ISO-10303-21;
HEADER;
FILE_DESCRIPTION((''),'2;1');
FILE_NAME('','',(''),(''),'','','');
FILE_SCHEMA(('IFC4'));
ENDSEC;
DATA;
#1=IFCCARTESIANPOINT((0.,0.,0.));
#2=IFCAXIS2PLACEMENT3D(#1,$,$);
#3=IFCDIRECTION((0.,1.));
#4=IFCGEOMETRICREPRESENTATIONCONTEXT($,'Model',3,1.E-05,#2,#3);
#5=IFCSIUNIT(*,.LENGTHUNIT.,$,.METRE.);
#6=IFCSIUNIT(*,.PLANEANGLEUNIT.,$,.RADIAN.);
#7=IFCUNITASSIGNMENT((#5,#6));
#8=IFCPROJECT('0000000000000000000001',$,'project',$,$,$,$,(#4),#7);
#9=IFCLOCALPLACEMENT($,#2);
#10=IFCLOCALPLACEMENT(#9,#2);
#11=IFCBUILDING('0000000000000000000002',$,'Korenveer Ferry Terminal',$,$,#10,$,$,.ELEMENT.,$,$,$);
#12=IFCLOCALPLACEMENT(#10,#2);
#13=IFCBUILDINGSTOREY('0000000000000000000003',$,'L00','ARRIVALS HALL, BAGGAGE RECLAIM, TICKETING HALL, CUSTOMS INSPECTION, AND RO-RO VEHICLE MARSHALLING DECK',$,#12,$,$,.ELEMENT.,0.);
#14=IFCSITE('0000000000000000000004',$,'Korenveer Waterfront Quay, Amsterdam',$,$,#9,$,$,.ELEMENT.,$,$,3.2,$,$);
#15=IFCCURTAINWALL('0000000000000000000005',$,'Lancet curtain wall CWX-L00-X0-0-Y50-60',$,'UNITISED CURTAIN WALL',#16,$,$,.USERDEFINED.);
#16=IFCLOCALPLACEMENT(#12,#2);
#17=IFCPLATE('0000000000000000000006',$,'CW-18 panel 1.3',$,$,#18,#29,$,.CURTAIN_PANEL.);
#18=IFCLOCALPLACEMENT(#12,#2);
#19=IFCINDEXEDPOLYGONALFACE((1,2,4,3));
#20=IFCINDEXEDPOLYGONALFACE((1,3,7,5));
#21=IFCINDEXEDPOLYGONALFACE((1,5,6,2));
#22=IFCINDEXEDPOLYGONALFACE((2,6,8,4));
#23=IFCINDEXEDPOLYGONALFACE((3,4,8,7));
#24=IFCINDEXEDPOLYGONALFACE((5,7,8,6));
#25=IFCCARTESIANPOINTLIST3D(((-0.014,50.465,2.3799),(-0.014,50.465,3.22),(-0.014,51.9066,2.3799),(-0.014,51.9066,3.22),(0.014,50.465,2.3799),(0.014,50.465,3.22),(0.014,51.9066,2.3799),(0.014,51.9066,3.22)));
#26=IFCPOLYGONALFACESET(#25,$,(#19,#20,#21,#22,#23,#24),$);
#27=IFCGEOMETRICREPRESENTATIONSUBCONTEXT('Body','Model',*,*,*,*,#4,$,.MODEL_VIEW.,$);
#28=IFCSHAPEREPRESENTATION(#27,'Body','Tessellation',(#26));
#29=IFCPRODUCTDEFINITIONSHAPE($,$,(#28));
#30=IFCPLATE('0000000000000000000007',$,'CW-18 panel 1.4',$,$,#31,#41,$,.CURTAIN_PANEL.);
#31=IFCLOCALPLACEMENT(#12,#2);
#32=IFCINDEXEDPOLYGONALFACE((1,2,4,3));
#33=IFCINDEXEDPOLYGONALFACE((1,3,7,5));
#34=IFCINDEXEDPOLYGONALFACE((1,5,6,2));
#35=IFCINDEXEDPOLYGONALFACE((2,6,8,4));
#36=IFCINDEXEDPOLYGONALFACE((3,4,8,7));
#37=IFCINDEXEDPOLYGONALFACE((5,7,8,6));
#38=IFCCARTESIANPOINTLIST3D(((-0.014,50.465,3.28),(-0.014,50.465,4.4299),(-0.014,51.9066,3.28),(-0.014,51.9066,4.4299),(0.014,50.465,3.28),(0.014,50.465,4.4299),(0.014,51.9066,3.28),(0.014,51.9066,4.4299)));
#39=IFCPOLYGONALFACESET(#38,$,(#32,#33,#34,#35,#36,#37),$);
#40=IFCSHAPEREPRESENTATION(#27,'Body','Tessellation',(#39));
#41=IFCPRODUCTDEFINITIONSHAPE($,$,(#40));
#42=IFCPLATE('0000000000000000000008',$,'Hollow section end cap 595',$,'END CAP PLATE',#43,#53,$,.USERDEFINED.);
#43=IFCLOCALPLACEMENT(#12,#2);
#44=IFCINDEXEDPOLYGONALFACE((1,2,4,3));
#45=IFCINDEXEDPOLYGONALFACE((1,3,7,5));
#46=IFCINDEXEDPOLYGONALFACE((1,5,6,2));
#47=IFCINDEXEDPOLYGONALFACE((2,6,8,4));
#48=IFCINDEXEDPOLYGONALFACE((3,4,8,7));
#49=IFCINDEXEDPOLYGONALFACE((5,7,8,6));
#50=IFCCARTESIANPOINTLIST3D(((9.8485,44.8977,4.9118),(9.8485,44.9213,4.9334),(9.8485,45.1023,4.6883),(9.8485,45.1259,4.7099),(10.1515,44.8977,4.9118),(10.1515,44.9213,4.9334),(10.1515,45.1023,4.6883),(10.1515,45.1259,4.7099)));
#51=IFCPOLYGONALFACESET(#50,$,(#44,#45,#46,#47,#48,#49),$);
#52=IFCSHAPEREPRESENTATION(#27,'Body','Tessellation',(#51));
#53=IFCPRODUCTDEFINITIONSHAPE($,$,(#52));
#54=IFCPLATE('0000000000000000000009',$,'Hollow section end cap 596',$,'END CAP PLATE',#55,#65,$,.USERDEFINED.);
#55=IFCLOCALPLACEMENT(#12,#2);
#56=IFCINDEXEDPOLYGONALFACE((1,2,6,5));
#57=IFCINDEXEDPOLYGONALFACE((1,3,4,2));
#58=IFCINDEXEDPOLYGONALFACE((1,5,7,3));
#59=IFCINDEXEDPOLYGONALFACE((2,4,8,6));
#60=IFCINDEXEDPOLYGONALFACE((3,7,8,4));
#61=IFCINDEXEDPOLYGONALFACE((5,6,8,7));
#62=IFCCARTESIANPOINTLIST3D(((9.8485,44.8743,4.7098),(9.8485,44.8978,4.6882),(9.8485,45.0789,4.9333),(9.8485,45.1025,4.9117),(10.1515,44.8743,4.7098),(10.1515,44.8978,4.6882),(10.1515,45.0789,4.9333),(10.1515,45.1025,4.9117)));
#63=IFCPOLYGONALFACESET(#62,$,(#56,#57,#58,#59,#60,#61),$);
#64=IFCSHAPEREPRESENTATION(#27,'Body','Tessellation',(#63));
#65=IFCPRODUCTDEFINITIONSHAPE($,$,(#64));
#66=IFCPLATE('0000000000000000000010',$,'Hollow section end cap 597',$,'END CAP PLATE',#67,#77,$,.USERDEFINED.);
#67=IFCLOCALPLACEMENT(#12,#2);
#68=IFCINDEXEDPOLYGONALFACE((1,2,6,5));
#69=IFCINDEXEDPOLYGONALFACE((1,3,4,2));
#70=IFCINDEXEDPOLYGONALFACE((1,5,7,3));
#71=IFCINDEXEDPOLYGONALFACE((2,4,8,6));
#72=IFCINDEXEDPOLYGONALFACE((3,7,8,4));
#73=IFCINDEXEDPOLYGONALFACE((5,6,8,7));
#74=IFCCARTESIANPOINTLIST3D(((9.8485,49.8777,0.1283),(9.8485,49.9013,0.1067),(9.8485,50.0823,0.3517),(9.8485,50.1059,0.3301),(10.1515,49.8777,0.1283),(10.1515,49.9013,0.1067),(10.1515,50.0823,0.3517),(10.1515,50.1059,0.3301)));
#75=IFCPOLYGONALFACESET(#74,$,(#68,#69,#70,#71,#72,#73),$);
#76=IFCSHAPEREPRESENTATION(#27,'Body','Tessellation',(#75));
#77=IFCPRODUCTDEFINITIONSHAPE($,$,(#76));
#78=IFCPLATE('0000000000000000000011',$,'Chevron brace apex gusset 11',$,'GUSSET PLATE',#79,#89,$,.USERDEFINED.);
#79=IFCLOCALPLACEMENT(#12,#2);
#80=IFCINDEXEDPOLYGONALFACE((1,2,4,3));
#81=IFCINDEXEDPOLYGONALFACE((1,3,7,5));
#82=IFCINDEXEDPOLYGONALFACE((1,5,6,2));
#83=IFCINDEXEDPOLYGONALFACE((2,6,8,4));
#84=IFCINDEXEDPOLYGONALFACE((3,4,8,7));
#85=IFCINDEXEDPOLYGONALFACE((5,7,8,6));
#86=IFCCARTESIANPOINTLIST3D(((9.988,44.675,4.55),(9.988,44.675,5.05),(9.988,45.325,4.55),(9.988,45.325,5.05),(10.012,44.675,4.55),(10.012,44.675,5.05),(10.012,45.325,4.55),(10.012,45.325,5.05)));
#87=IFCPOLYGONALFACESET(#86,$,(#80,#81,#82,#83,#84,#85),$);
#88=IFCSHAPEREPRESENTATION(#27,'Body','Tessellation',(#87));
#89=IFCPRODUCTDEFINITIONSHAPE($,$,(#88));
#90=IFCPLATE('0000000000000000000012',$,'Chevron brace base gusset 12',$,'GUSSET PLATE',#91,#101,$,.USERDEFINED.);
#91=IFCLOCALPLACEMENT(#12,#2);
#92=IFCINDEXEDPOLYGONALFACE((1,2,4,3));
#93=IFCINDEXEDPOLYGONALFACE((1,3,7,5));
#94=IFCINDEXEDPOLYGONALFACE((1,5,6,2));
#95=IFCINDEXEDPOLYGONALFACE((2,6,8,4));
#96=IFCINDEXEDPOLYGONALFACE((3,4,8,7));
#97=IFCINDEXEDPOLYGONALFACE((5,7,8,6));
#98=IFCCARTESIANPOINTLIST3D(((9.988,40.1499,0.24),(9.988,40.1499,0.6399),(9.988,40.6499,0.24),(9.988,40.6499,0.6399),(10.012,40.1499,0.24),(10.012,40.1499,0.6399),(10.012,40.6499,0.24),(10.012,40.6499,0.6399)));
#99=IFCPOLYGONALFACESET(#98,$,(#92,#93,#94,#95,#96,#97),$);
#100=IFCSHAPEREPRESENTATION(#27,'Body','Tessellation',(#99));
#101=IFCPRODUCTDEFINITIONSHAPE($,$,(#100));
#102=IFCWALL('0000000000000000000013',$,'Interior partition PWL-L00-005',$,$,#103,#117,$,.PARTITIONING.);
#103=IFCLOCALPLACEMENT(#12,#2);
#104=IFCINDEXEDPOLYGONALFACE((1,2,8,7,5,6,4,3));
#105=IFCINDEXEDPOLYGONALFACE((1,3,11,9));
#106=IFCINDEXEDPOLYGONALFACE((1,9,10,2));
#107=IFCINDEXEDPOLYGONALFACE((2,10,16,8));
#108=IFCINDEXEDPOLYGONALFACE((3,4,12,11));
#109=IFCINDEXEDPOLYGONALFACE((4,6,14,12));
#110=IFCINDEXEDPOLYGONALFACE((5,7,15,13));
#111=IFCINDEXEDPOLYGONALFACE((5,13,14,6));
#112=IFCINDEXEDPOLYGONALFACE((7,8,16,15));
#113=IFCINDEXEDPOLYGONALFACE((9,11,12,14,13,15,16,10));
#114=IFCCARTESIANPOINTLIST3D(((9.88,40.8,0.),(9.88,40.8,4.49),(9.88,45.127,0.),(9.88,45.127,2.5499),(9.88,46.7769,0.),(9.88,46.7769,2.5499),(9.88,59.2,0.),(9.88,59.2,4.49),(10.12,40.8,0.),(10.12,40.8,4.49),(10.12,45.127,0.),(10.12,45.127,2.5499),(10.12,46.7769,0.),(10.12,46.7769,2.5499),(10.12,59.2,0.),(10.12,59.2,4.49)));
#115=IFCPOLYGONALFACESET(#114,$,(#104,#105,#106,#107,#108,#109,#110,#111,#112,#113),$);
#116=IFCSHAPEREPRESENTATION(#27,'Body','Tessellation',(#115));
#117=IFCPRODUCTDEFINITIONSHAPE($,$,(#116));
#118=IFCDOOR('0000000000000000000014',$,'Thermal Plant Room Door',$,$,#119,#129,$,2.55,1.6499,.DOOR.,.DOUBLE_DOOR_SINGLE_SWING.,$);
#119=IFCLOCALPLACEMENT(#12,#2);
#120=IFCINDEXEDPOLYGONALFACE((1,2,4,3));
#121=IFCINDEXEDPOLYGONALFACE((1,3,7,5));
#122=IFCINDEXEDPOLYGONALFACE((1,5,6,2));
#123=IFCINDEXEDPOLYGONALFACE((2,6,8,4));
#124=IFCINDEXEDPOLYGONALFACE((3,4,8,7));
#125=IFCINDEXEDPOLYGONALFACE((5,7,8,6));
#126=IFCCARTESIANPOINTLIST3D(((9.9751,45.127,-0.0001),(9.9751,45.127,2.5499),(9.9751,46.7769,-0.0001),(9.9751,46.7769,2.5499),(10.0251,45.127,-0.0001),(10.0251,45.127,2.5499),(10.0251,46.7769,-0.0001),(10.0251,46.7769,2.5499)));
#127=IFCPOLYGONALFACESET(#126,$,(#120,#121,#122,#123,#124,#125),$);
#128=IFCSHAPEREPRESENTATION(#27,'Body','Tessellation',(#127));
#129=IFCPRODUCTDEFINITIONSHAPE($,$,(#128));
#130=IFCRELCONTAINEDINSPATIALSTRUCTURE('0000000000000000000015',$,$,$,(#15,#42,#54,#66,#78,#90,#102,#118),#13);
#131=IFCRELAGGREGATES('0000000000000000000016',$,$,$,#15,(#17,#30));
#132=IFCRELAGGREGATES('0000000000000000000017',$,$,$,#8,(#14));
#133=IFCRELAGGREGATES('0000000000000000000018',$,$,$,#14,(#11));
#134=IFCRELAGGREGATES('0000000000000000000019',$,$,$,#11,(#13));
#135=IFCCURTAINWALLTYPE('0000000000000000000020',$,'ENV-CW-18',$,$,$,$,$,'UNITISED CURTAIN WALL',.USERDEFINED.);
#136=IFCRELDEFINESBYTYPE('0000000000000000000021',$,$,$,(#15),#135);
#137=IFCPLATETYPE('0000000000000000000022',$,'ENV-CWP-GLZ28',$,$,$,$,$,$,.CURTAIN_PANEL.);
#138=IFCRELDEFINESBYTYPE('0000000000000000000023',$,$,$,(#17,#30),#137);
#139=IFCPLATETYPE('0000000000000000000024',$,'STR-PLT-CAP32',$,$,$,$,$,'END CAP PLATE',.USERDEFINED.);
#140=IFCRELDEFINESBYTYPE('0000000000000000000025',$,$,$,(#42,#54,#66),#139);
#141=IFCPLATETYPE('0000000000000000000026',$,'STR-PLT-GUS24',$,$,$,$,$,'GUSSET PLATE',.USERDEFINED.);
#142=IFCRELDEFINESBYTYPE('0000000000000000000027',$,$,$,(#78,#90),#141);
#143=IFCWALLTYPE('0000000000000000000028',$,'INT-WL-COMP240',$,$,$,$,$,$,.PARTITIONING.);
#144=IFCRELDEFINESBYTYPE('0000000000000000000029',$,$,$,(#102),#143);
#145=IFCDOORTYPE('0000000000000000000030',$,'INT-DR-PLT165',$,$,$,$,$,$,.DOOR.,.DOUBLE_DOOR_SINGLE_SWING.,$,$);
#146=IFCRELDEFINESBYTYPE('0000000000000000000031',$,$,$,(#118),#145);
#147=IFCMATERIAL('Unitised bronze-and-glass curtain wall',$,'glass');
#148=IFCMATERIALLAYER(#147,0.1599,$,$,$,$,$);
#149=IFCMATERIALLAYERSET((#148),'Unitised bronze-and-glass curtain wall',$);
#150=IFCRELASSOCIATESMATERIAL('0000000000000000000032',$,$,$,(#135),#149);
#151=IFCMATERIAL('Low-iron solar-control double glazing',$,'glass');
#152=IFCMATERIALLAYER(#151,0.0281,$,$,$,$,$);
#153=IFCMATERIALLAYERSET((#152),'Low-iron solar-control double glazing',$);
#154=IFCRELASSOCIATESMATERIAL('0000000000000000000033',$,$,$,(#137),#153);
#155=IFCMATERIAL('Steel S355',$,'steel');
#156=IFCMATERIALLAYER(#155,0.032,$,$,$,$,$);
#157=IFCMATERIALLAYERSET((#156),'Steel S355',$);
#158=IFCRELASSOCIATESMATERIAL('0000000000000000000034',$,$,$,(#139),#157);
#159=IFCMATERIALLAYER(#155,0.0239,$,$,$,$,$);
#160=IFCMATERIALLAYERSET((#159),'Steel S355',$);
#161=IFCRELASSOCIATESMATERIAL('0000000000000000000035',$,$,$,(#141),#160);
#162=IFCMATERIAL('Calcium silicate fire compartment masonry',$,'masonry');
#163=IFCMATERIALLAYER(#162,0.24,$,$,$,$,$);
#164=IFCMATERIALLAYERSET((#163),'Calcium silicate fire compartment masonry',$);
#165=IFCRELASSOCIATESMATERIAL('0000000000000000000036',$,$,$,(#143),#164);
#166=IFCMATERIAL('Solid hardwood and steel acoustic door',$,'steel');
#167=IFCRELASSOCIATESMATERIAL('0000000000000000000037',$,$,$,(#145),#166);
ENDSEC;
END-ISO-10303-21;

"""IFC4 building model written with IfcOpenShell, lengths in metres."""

from ifc_helpers import new_model, si_unit, direction, frame, frame_2d, origin, origin_2d, place, context, subcontext, project, spatial, rectangle, extrude, material, layer, layer_set, type_object, element, fill, aggregate, save


model = new_model("IFC4")

# Units and contexts
model_context = context("Model", 3, precision=1e-05, world=origin(), true_north=direction((0.0, 1.0)))
body_context = subcontext(model_context, "Body", "Model", "MODEL_VIEW")
ifc_project = project(units=[si_unit("LENGTHUNIT", "METRE"), si_unit("PLANEANGLEUNIT", "RADIAN")], contexts=[model_context])

# Site, building, storey
site_placement = place(None, origin())
site = spatial("IfcSite", under=ifc_project, at=site_placement, Name="Korenveer Waterfront Quay, Amsterdam", CompositionType="ELEMENT", RefElevation=3.2)
building_placement = place(site_placement, origin())
building = spatial("IfcBuilding", under=site, at=building_placement, Name="Korenveer Ferry Terminal", CompositionType="ELEMENT")
storey_placement = place(building_placement, origin())
storey = spatial("IfcBuildingStorey", under=building, at=storey_placement, Name="L00", Description="ARRIVALS HALL, BAGGAGE RECLAIM, TICKETING HALL, CUSTOMS INSPECTION, AND RO-RO VEHICLE MARSHALLING DECK", CompositionType="ELEMENT", Elevation=0.0)

# Shared definitions
ifc_material_1 = material(Name="Steel S355", Category="steel")

# Curtain wall, plates
ifc_material_2 = material(Name="Unitised bronze-and-glass curtain wall", Category="glass")
ifc_layer_1 = layer(ifc_material_2, 0.1599)
ifc_layer_set_1 = layer_set([ifc_layer_1], Name="Unitised bronze-and-glass curtain wall")
curtain_wall_type = type_object("IfcCurtainWallType", Name="ENV-CW-18", ElementType="UNITISED CURTAIN WALL", PredefinedType="USERDEFINED", material=ifc_layer_set_1)
curtain_wall_placement = place(storey_placement, frame((0.0, 50.405, 0.0)))
curtain_wall = element("IfcCurtainWall", 1, at=curtain_wall_placement, inside=storey, type_object=curtain_wall_type, Name="Lancet curtain wall CWX-L00-X0-0-Y50-60", ObjectType="UNITISED CURTAIN WALL", PredefinedType="USERDEFINED")
ifc_material_3 = material(Name="Low-iron solar-control double glazing", Category="glass")
ifc_layer_2 = layer(ifc_material_3, 0.0281)
ifc_layer_set_2 = layer_set([ifc_layer_2], Name="Low-iron solar-control double glazing")
plate_type_1 = type_object("IfcPlateType", Name="ENV-CWP-GLZ28", PredefinedType="CURTAIN_PANEL", material=ifc_layer_set_2)
plate_1_placement = place(storey_placement, frame((0.0, 51.1858, 2.3799), z_axis=(0.0, 0.0, 1.0), x_axis=(0.0, 1.0, 0.0)))
plate_1 = element("IfcPlate", 2, at=plate_1_placement, type_object=plate_type_1, Name="CW-18 panel 1.3", PredefinedType="CURTAIN_PANEL", context=body_context, shape_type="SweptSolid", body=[
    extrude(rectangle(XDim=1.4417, YDim=0.0281, at=origin_2d()), origin(), (0.0, 0.0, 1.0), 0.8401),
])
plate_2_placement = place(storey_placement, frame((0.0, 51.1858, 3.28), z_axis=(0.0, 0.0, 1.0), x_axis=(0.0, 1.0, 0.0)))
plate_2 = element("IfcPlate", 3, at=plate_2_placement, type_object=plate_type_1, Name="CW-18 panel 1.4", PredefinedType="CURTAIN_PANEL", context=body_context, shape_type="SweptSolid", body=[
    extrude(rectangle(XDim=1.4417, YDim=0.0281, at=origin_2d()), origin(), (0.0, 0.0, 1.0), 1.1499),
])
aggregate(curtain_wall, [plate_1, plate_2])

# Plates
ifc_layer_3 = layer(ifc_material_1, 0.032)
ifc_layer_set_3 = layer_set([ifc_layer_3], Name="Steel S355")
plate_type_2 = type_object("IfcPlateType", Name="STR-PLT-CAP32", ElementType="END CAP PLATE", PredefinedType="USERDEFINED", material=ifc_layer_set_3)
for number, where, z_axis, x_axis, name in (
    (4, (10.0, 45.0, 4.8), (0.0, 0.737523, 0.675322), (-1.0, 0.0, 0.0), "Hollow section end cap 595"),
    (5, (10.0, 44.9766, 4.8215), (0.0, 0.737523, -0.675322), (-1.0, 0.0, 0.0), "Hollow section end cap 596"),
    (6, (10.0, 49.98, 0.24), (0.0, 0.737523, -0.675322), (-1.0, 0.0, 0.0), "Hollow section end cap 597"),
):
    element("IfcPlate", number, at=place(storey_placement, frame(where, z_axis=z_axis, x_axis=x_axis)), inside=storey, type_object=plate_type_2, Name=name, ObjectType="END CAP PLATE", PredefinedType="USERDEFINED", context=body_context, shape_type="SweptSolid", body=[
        extrude(rectangle(XDim=0.303, YDim=0.303, at=origin_2d()), origin(), (0.0, 0.0, 1.0), 0.032),
    ])
ifc_layer_4 = layer(ifc_material_1, 0.0239)
ifc_layer_set_4 = layer_set([ifc_layer_4], Name="Steel S355")
plate_type_3 = type_object("IfcPlateType", Name="STR-PLT-GUS24", ElementType="GUSSET PLATE", PredefinedType="USERDEFINED", material=ifc_layer_set_4)
plate_3_placement = place(storey_placement, frame((10.0, 45.0, 4.55), z_axis=(0.0, 0.0, 1.0), x_axis=(1.0, 0.0, 0.0)))
element("IfcPlate", 7, at=plate_3_placement, inside=storey, type_object=plate_type_3, Name="Chevron brace apex gusset 11", ObjectType="GUSSET PLATE", PredefinedType="USERDEFINED", context=body_context, shape_type="SweptSolid", body=[
    extrude(rectangle(XDim=0.0239, YDim=0.6499, at=origin_2d()), origin(), (0.0, 0.0, 1.0), 0.5),
])
plate_4_placement = place(storey_placement, frame((10.0, 40.3999, 0.24), z_axis=(0.0, 0.0, 1.0), x_axis=(1.0, 0.0, 0.0)))
element("IfcPlate", 8, at=plate_4_placement, inside=storey, type_object=plate_type_3, Name="Chevron brace base gusset 12", ObjectType="GUSSET PLATE", PredefinedType="USERDEFINED", context=body_context, shape_type="SweptSolid", body=[
    extrude(rectangle(XDim=0.0239, YDim=0.5, at=origin_2d()), origin(), (0.0, 0.0, 1.0), 0.3999),
])

# Wall, opening, door
ifc_material_4 = material(Name="Calcium silicate fire compartment masonry", Category="masonry")
ifc_layer_5 = layer(ifc_material_4, 0.24)
ifc_layer_set_5 = layer_set([ifc_layer_5], Name="Calcium silicate fire compartment masonry")
wall_type = type_object("IfcWallType", Name="INT-WL-COMP240", PredefinedType="PARTITIONING", material=ifc_layer_set_5)
wall_placement = place(storey_placement, frame((10.0, 40.8, 0.0), z_axis=(0.0, 0.0, 1.0), x_axis=(0.0, 1.0, 0.0)))
wall = element("IfcWall", 9, at=wall_placement, inside=storey, type_object=wall_type, Name="Interior partition PWL-L00-005", PredefinedType="PARTITIONING", context=body_context, shape_type="SweptSolid", body=[
    extrude(rectangle(XDim=18.3999, YDim=0.24, at=frame_2d((9.2, 0.0))), origin(), (0.0, 0.0, 1.0), 4.49),
])
opening_placement = place(wall_placement, frame((4.3269, 0.0, 0.0)))
opening = element("IfcOpeningElement", 10, at=opening_placement, cuts=wall, PredefinedType="OPENING", context=body_context, shape_type="SweptSolid", body=[
    extrude(rectangle(XDim=1.6499, YDim=2.55, at=frame_2d((0.825, 1.2749))), frame((0.0, 0.1299, 0.0), z_axis=(0.0, -1.0, 0.0), x_axis=(1.0, 0.0, 0.0)), (0.0, 0.0, 1.0), 0.26),
])
ifc_material_5 = material(Name="Solid hardwood and steel acoustic door", Category="steel")
door_type = type_object("IfcDoorType", Name="INT-DR-PLT165", OperationType="DOUBLE_DOOR_SINGLE_SWING", PredefinedType="DOOR", material=ifc_material_5)
door_placement = place(opening_placement, origin())
door = element("IfcDoor", 11, at=door_placement, inside=storey, type_object=door_type, Name="Thermal Plant Room Door", OperationType="DOUBLE_DOOR_SINGLE_SWING", OverallHeight=2.55, OverallWidth=1.6499, PredefinedType="DOOR", context=body_context, shape_type="SweptSolid", body=[
    extrude(rectangle(XDim=1.6499, YDim=2.55, at=frame_2d((0.825, 1.2749))), frame((0.0, 0.0249, 0.0), z_axis=(0.0, -1.0, 0.0), x_axis=(1.0, 0.0, 0.0)), (0.0, 0.0, 1.0), 0.05),
])
fill(opening, door)

save(model, "model.ifc")
